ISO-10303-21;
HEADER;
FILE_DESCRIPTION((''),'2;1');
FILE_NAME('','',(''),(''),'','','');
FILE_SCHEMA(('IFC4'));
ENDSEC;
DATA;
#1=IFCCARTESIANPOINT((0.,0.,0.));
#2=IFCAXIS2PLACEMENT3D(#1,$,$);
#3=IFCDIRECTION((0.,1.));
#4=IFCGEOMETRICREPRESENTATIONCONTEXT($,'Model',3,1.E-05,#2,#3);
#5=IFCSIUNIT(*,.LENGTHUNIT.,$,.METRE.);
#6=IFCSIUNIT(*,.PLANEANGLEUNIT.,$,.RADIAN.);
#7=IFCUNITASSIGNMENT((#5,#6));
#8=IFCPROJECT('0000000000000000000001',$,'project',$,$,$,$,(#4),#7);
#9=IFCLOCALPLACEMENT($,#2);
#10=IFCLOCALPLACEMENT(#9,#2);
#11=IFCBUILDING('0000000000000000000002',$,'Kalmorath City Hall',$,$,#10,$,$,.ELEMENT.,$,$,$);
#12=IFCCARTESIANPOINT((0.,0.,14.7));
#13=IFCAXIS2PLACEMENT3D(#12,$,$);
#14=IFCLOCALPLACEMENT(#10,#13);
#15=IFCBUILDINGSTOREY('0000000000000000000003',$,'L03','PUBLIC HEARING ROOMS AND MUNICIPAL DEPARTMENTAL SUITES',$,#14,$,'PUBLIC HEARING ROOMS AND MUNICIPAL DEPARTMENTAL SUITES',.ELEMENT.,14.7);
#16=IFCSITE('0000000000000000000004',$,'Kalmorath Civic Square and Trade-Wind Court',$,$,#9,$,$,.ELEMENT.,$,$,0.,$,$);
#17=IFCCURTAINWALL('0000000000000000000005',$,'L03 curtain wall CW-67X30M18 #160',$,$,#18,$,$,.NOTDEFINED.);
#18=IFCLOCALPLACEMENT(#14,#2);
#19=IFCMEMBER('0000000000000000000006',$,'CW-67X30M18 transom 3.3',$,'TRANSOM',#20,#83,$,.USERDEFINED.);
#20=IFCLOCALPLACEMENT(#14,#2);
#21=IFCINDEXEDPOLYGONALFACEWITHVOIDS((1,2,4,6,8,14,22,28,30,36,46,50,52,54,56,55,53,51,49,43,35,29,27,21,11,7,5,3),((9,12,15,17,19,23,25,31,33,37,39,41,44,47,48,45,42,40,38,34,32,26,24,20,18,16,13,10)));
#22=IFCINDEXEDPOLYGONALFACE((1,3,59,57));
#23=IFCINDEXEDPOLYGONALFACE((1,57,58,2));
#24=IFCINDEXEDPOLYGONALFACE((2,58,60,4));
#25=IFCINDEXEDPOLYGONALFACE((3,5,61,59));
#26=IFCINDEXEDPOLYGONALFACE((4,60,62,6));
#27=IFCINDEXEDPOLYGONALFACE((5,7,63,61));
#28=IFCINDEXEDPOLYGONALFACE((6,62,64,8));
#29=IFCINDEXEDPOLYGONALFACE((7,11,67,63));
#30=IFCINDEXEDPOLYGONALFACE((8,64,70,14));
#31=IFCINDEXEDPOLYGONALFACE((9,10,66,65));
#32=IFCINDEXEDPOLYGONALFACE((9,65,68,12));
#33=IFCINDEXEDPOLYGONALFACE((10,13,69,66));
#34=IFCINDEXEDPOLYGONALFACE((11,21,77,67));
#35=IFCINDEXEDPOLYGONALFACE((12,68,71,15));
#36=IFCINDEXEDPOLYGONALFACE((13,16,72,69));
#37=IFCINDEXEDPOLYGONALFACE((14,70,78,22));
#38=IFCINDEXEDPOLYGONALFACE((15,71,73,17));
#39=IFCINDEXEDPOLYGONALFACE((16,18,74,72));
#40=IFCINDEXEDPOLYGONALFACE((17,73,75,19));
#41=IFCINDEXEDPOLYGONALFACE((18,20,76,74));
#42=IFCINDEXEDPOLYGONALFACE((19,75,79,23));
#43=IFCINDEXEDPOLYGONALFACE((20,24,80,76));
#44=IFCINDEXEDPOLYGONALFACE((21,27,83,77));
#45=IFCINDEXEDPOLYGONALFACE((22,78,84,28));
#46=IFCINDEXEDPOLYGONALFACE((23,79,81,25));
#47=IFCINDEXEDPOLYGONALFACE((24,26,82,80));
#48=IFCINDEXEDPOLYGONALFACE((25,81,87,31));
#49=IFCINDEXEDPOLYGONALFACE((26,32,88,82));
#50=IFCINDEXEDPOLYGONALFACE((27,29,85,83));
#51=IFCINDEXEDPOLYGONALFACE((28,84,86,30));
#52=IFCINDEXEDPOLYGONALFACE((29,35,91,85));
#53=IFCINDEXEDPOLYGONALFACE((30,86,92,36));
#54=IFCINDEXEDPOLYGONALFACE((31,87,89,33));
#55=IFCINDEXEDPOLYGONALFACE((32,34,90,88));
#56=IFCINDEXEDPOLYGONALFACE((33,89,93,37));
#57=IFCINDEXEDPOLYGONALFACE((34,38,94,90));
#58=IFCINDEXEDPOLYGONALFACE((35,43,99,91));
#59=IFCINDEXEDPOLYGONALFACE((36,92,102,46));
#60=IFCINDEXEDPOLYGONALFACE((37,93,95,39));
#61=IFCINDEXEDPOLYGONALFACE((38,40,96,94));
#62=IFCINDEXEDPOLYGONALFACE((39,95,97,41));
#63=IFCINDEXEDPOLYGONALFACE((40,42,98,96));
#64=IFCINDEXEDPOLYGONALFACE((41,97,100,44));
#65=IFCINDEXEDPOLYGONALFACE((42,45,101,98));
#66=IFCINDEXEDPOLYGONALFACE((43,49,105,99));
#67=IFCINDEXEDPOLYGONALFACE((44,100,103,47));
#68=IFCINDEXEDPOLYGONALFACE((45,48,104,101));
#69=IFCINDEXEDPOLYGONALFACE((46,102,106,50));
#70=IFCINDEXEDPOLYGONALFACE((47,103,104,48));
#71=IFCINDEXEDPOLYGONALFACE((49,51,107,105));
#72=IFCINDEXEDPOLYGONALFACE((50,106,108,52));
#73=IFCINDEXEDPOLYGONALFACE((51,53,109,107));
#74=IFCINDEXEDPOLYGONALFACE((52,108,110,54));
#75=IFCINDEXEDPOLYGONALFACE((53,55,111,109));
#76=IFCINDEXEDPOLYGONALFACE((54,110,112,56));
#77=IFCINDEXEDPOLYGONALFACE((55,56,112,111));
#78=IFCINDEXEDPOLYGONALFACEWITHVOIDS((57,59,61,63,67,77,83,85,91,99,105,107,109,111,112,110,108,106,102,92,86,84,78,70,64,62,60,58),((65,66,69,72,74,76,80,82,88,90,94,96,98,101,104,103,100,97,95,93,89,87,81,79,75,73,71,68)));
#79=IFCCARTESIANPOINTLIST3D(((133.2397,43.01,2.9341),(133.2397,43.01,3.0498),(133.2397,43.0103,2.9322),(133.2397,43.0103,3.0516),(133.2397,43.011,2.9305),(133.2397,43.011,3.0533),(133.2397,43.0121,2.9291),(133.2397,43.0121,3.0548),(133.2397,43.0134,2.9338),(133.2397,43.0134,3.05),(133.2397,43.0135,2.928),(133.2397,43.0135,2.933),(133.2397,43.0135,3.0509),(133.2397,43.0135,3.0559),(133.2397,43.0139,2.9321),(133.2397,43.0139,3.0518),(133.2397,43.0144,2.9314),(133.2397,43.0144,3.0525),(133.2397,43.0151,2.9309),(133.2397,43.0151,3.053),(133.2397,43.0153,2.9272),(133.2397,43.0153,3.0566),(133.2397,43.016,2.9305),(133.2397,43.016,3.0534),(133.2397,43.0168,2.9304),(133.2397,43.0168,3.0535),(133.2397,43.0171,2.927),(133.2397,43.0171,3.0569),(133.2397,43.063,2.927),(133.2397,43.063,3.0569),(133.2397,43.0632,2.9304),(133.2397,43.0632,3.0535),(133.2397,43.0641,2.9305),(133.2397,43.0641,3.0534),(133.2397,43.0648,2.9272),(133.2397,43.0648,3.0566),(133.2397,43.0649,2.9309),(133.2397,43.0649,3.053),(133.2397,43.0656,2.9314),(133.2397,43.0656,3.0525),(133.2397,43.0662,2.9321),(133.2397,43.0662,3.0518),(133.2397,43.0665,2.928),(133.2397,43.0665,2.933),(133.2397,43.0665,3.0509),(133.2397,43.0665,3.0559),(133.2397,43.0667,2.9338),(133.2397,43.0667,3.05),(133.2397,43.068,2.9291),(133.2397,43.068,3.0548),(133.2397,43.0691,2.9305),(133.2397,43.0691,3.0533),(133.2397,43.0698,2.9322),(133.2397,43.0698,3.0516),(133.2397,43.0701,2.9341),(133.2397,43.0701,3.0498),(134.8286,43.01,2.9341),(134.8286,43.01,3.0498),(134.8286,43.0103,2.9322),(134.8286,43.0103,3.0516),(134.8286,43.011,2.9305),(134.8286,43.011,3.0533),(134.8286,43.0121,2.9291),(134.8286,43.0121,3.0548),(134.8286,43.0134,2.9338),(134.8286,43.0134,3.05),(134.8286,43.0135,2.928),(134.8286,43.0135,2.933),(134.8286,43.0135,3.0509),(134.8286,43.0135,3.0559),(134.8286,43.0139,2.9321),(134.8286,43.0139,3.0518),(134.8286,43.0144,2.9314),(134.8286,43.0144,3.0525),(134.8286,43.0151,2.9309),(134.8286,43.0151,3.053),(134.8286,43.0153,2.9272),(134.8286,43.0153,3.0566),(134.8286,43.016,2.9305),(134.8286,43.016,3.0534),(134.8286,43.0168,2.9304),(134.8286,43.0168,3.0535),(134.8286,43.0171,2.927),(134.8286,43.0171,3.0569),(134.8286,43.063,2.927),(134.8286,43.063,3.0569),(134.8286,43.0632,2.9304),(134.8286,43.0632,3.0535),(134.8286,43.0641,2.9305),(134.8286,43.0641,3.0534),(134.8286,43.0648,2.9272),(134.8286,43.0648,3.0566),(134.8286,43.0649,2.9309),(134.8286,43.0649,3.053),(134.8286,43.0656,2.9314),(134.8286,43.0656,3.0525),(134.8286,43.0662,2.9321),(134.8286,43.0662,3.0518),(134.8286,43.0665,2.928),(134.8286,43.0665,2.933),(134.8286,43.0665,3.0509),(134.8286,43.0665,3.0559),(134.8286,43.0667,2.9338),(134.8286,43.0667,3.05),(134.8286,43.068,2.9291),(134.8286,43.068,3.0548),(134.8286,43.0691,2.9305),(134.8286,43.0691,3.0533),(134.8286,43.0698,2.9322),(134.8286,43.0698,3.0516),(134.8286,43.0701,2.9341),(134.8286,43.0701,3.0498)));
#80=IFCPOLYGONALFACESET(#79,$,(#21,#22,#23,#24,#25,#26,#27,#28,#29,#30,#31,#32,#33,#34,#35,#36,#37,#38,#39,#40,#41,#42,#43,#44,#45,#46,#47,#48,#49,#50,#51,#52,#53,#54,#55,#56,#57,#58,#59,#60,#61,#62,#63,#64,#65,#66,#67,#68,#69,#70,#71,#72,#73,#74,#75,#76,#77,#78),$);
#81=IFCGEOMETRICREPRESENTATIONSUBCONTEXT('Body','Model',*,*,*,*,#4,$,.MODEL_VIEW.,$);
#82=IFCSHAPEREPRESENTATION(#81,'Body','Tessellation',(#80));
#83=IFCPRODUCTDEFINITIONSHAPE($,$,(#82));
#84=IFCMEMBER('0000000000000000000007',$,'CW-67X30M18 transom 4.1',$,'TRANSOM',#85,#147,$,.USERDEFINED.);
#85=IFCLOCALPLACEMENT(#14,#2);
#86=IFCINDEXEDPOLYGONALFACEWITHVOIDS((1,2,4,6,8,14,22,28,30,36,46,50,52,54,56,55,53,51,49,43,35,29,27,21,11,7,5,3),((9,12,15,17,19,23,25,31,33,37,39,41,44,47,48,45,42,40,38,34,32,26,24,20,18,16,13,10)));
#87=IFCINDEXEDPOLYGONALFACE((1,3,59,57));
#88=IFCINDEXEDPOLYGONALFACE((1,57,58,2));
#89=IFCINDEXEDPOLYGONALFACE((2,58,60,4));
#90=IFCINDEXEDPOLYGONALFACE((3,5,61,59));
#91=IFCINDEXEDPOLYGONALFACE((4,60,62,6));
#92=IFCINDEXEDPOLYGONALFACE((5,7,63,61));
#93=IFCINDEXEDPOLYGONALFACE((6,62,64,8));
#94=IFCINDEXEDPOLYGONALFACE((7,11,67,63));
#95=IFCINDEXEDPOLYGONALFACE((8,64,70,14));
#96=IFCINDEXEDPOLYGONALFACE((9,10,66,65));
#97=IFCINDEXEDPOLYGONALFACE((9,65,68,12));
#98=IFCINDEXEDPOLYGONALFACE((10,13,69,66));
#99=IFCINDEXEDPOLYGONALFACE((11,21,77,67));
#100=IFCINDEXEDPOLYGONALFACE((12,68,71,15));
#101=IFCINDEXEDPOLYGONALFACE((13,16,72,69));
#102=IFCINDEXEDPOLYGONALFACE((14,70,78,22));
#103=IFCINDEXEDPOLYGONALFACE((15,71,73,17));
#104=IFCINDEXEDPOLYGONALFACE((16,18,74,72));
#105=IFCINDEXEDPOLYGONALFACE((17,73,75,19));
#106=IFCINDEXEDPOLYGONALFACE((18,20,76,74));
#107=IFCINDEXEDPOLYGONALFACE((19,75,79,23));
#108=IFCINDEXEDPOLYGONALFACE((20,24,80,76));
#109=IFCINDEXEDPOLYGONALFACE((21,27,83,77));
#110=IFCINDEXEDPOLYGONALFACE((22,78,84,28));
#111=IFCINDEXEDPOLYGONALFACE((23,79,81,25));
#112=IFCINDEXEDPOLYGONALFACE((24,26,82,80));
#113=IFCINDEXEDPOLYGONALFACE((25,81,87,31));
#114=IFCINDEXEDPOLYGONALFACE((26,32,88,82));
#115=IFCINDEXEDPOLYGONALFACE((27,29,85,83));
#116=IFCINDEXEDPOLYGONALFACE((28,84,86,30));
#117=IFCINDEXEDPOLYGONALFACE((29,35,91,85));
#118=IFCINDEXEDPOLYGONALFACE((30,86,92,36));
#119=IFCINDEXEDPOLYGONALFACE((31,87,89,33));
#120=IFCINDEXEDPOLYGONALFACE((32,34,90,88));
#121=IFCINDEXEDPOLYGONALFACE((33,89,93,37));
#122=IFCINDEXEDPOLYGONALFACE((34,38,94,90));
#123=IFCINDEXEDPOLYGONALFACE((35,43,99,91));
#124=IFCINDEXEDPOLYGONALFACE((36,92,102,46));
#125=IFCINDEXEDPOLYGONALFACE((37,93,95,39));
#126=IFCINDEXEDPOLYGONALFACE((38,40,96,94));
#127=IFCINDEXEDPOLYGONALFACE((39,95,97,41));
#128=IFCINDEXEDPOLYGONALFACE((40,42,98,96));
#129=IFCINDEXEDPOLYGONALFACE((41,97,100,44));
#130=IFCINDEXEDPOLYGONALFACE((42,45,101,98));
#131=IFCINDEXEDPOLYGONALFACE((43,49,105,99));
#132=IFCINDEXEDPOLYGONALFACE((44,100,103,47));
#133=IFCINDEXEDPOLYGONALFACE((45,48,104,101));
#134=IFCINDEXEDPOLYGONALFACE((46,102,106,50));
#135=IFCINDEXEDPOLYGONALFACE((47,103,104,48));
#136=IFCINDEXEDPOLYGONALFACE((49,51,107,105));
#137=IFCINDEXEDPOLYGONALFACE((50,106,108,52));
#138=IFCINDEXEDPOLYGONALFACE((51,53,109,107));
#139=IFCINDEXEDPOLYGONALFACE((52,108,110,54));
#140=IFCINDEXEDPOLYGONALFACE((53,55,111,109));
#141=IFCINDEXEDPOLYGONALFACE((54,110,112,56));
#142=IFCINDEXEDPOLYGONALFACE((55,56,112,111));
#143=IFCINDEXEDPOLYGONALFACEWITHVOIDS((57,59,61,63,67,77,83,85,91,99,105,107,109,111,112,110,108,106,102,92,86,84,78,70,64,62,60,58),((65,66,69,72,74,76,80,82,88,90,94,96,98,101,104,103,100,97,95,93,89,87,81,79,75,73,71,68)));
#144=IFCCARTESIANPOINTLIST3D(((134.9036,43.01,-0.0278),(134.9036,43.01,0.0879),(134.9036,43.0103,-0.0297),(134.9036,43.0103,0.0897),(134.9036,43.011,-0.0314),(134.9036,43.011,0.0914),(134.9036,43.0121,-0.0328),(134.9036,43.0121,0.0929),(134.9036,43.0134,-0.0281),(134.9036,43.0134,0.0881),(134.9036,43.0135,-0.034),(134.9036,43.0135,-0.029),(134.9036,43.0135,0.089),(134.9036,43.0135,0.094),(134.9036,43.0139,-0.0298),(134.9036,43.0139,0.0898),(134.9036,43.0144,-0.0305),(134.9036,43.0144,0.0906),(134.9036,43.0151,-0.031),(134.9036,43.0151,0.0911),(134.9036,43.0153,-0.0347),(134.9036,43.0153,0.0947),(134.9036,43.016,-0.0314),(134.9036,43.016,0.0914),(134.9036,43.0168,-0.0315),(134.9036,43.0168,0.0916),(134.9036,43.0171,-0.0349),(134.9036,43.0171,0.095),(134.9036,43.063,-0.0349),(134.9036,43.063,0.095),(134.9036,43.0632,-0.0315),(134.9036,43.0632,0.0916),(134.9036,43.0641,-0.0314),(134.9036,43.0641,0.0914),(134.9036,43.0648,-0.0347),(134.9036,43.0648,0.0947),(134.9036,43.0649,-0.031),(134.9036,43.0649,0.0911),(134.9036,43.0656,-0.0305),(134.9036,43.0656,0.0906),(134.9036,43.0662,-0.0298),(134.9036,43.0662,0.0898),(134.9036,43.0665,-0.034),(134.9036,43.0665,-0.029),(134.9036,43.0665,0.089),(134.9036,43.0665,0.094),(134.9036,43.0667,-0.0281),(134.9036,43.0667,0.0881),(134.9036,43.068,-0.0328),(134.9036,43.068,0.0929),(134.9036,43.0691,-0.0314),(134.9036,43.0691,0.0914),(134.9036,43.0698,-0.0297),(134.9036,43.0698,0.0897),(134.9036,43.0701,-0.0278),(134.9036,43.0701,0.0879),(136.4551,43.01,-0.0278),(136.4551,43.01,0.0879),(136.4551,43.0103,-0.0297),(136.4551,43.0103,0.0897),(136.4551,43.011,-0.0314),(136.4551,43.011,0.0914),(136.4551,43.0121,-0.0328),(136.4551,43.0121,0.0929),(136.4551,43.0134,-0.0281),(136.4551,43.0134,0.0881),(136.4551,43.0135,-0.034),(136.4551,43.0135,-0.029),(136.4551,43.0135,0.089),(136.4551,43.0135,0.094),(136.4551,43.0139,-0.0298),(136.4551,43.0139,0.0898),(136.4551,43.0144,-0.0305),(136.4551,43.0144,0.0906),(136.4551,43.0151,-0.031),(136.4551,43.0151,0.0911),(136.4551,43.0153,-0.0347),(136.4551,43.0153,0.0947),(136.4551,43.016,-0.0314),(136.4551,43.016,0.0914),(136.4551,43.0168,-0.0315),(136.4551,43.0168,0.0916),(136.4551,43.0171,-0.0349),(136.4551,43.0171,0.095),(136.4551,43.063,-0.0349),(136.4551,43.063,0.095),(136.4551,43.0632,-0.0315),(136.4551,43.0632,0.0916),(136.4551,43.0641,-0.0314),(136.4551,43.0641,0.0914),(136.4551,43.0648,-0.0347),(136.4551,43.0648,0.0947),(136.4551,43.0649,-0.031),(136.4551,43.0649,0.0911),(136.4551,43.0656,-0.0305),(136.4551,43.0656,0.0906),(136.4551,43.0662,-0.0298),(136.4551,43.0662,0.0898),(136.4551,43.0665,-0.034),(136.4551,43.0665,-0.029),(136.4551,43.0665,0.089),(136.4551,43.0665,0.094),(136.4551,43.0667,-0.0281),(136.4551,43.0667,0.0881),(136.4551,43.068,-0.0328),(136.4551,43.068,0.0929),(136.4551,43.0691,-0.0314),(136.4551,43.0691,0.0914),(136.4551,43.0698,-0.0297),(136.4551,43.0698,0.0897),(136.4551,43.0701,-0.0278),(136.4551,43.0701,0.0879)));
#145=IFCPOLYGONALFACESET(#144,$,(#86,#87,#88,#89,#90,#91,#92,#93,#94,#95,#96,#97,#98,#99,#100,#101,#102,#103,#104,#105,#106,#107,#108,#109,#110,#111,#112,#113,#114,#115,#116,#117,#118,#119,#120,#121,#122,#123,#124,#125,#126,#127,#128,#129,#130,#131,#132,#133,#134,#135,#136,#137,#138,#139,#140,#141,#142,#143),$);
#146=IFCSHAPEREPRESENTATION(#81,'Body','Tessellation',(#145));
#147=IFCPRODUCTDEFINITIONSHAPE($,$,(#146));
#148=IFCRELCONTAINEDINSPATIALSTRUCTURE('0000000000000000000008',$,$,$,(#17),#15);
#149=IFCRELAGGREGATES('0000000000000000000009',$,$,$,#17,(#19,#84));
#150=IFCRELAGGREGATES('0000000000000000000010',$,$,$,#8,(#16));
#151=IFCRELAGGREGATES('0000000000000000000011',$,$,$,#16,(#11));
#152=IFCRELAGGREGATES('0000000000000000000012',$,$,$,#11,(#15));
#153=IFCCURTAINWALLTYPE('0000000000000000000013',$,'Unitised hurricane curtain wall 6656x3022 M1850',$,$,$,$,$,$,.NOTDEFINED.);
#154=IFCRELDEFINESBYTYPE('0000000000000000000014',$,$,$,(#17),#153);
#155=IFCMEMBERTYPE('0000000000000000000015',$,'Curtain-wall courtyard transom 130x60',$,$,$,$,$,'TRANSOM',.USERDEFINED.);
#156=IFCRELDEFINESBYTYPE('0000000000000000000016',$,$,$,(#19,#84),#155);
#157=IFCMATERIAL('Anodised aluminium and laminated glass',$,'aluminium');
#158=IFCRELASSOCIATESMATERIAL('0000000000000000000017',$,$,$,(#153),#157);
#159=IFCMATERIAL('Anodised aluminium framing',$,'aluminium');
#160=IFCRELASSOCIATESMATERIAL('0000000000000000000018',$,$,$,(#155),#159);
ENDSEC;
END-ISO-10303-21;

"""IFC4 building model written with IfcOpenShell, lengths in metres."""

from ifc_helpers import new_model, si_unit, direction, frame, origin, origin_2d, place, context, subcontext, project, spatial, hollow_rectangle, extrude, material, material_profile, profile_set, type_object, element, aggregate, save


model = new_model("IFC4")

# Units and contexts
model_context = context("Model", 3, precision=1e-05, world=origin(), true_north=direction((0.0, 1.0)))
body_context = subcontext(model_context, "Body", "Model", "MODEL_VIEW")
ifc_project = project(units=[si_unit("LENGTHUNIT", "METRE"), si_unit("PLANEANGLEUNIT", "RADIAN")], contexts=[model_context])

# Site, building, storey
site_placement = place(None, origin())
site = spatial("IfcSite", under=ifc_project, at=site_placement, Name="Kalmorath Civic Square and Trade-Wind Court", CompositionType="ELEMENT", RefElevation=0.0)
building_placement = place(site_placement, origin())
building = spatial("IfcBuilding", under=site, at=building_placement, Name="Kalmorath City Hall", CompositionType="ELEMENT")
storey_placement = place(building_placement, frame((0.0, 0.0, 14.7)))
storey = spatial("IfcBuildingStorey", under=building, at=storey_placement, Name="L03", Description="PUBLIC HEARING ROOMS AND MUNICIPAL DEPARTMENTAL SUITES", LongName="PUBLIC HEARING ROOMS AND MUNICIPAL DEPARTMENTAL SUITES", CompositionType="ELEMENT", Elevation=14.7)

# Curtain wall, members
ifc_material_1 = material(Name="Anodised aluminium and laminated glass", Category="aluminium")
curtain_wall_type = type_object("IfcCurtainWallType", Name="Unitised hurricane curtain wall 6656x3022 M1850", PredefinedType="NOTDEFINED", material=ifc_material_1)
curtain_wall_placement = place(storey_placement, origin())
curtain_wall = element("IfcCurtainWall", 1, at=curtain_wall_placement, inside=storey, type_object=curtain_wall_type, Name="L03 curtain wall CW-67X30M18 #160", PredefinedType="NOTDEFINED")
ifc_material_2 = material(Name="Anodised aluminium framing", Category="aluminium")
ifc_material_profile_1 = material_profile(ifc_material_2, hollow_rectangle(XDim=0.0601, YDim=0.1299, WallThickness=0.0034, InnerFilletRadius=0.0034, OuterFilletRadius=0.0071, at=origin_2d()), Name="ALU-TRN-130X60X3.5")
ifc_profile_set_1 = profile_set([ifc_material_profile_1], Name="Anodised aluminium framing")
member_type_1 = type_object("IfcMemberType", Name="Curtain-wall courtyard transom 130x60", ElementType="TRANSOM", PredefinedType="USERDEFINED", material=ifc_profile_set_1)
member_1_placement = place(storey_placement, frame((133.2397, 43.04, 2.9919), z_axis=(1.0, 0.0, 0.0), x_axis=(0.0, 1.0, 0.0)))
member_1 = element("IfcMember", 2, at=member_1_placement, type_object=member_type_1, Name="CW-67X30M18 transom 3.3", ObjectType="TRANSOM", PredefinedType="USERDEFINED", context=body_context, shape_type="SweptSolid", body=[
    extrude(hollow_rectangle(XDim=0.0601, YDim=0.1299, WallThickness=0.0034, InnerFilletRadius=0.0034, OuterFilletRadius=0.0071, at=origin_2d()), origin(), (0.0, 0.0, 1.0), 1.5889),
])
member_2_placement = place(storey_placement, frame((134.9036, 43.04, 0.03), z_axis=(1.0, 0.0, 0.0), x_axis=(0.0, 1.0, 0.0)))
member_2 = element("IfcMember", 3, at=member_2_placement, type_object=member_type_1, Name="CW-67X30M18 transom 4.1", ObjectType="TRANSOM", PredefinedType="USERDEFINED", context=body_context, shape_type="SweptSolid", body=[
    extrude(hollow_rectangle(XDim=0.0601, YDim=0.1299, WallThickness=0.0034, InnerFilletRadius=0.0034, OuterFilletRadius=0.0071, at=origin_2d()), origin(), (0.0, 0.0, 1.0), 1.5515),
])
aggregate(curtain_wall, [member_1, member_2])

save(model, "model.ifc")
